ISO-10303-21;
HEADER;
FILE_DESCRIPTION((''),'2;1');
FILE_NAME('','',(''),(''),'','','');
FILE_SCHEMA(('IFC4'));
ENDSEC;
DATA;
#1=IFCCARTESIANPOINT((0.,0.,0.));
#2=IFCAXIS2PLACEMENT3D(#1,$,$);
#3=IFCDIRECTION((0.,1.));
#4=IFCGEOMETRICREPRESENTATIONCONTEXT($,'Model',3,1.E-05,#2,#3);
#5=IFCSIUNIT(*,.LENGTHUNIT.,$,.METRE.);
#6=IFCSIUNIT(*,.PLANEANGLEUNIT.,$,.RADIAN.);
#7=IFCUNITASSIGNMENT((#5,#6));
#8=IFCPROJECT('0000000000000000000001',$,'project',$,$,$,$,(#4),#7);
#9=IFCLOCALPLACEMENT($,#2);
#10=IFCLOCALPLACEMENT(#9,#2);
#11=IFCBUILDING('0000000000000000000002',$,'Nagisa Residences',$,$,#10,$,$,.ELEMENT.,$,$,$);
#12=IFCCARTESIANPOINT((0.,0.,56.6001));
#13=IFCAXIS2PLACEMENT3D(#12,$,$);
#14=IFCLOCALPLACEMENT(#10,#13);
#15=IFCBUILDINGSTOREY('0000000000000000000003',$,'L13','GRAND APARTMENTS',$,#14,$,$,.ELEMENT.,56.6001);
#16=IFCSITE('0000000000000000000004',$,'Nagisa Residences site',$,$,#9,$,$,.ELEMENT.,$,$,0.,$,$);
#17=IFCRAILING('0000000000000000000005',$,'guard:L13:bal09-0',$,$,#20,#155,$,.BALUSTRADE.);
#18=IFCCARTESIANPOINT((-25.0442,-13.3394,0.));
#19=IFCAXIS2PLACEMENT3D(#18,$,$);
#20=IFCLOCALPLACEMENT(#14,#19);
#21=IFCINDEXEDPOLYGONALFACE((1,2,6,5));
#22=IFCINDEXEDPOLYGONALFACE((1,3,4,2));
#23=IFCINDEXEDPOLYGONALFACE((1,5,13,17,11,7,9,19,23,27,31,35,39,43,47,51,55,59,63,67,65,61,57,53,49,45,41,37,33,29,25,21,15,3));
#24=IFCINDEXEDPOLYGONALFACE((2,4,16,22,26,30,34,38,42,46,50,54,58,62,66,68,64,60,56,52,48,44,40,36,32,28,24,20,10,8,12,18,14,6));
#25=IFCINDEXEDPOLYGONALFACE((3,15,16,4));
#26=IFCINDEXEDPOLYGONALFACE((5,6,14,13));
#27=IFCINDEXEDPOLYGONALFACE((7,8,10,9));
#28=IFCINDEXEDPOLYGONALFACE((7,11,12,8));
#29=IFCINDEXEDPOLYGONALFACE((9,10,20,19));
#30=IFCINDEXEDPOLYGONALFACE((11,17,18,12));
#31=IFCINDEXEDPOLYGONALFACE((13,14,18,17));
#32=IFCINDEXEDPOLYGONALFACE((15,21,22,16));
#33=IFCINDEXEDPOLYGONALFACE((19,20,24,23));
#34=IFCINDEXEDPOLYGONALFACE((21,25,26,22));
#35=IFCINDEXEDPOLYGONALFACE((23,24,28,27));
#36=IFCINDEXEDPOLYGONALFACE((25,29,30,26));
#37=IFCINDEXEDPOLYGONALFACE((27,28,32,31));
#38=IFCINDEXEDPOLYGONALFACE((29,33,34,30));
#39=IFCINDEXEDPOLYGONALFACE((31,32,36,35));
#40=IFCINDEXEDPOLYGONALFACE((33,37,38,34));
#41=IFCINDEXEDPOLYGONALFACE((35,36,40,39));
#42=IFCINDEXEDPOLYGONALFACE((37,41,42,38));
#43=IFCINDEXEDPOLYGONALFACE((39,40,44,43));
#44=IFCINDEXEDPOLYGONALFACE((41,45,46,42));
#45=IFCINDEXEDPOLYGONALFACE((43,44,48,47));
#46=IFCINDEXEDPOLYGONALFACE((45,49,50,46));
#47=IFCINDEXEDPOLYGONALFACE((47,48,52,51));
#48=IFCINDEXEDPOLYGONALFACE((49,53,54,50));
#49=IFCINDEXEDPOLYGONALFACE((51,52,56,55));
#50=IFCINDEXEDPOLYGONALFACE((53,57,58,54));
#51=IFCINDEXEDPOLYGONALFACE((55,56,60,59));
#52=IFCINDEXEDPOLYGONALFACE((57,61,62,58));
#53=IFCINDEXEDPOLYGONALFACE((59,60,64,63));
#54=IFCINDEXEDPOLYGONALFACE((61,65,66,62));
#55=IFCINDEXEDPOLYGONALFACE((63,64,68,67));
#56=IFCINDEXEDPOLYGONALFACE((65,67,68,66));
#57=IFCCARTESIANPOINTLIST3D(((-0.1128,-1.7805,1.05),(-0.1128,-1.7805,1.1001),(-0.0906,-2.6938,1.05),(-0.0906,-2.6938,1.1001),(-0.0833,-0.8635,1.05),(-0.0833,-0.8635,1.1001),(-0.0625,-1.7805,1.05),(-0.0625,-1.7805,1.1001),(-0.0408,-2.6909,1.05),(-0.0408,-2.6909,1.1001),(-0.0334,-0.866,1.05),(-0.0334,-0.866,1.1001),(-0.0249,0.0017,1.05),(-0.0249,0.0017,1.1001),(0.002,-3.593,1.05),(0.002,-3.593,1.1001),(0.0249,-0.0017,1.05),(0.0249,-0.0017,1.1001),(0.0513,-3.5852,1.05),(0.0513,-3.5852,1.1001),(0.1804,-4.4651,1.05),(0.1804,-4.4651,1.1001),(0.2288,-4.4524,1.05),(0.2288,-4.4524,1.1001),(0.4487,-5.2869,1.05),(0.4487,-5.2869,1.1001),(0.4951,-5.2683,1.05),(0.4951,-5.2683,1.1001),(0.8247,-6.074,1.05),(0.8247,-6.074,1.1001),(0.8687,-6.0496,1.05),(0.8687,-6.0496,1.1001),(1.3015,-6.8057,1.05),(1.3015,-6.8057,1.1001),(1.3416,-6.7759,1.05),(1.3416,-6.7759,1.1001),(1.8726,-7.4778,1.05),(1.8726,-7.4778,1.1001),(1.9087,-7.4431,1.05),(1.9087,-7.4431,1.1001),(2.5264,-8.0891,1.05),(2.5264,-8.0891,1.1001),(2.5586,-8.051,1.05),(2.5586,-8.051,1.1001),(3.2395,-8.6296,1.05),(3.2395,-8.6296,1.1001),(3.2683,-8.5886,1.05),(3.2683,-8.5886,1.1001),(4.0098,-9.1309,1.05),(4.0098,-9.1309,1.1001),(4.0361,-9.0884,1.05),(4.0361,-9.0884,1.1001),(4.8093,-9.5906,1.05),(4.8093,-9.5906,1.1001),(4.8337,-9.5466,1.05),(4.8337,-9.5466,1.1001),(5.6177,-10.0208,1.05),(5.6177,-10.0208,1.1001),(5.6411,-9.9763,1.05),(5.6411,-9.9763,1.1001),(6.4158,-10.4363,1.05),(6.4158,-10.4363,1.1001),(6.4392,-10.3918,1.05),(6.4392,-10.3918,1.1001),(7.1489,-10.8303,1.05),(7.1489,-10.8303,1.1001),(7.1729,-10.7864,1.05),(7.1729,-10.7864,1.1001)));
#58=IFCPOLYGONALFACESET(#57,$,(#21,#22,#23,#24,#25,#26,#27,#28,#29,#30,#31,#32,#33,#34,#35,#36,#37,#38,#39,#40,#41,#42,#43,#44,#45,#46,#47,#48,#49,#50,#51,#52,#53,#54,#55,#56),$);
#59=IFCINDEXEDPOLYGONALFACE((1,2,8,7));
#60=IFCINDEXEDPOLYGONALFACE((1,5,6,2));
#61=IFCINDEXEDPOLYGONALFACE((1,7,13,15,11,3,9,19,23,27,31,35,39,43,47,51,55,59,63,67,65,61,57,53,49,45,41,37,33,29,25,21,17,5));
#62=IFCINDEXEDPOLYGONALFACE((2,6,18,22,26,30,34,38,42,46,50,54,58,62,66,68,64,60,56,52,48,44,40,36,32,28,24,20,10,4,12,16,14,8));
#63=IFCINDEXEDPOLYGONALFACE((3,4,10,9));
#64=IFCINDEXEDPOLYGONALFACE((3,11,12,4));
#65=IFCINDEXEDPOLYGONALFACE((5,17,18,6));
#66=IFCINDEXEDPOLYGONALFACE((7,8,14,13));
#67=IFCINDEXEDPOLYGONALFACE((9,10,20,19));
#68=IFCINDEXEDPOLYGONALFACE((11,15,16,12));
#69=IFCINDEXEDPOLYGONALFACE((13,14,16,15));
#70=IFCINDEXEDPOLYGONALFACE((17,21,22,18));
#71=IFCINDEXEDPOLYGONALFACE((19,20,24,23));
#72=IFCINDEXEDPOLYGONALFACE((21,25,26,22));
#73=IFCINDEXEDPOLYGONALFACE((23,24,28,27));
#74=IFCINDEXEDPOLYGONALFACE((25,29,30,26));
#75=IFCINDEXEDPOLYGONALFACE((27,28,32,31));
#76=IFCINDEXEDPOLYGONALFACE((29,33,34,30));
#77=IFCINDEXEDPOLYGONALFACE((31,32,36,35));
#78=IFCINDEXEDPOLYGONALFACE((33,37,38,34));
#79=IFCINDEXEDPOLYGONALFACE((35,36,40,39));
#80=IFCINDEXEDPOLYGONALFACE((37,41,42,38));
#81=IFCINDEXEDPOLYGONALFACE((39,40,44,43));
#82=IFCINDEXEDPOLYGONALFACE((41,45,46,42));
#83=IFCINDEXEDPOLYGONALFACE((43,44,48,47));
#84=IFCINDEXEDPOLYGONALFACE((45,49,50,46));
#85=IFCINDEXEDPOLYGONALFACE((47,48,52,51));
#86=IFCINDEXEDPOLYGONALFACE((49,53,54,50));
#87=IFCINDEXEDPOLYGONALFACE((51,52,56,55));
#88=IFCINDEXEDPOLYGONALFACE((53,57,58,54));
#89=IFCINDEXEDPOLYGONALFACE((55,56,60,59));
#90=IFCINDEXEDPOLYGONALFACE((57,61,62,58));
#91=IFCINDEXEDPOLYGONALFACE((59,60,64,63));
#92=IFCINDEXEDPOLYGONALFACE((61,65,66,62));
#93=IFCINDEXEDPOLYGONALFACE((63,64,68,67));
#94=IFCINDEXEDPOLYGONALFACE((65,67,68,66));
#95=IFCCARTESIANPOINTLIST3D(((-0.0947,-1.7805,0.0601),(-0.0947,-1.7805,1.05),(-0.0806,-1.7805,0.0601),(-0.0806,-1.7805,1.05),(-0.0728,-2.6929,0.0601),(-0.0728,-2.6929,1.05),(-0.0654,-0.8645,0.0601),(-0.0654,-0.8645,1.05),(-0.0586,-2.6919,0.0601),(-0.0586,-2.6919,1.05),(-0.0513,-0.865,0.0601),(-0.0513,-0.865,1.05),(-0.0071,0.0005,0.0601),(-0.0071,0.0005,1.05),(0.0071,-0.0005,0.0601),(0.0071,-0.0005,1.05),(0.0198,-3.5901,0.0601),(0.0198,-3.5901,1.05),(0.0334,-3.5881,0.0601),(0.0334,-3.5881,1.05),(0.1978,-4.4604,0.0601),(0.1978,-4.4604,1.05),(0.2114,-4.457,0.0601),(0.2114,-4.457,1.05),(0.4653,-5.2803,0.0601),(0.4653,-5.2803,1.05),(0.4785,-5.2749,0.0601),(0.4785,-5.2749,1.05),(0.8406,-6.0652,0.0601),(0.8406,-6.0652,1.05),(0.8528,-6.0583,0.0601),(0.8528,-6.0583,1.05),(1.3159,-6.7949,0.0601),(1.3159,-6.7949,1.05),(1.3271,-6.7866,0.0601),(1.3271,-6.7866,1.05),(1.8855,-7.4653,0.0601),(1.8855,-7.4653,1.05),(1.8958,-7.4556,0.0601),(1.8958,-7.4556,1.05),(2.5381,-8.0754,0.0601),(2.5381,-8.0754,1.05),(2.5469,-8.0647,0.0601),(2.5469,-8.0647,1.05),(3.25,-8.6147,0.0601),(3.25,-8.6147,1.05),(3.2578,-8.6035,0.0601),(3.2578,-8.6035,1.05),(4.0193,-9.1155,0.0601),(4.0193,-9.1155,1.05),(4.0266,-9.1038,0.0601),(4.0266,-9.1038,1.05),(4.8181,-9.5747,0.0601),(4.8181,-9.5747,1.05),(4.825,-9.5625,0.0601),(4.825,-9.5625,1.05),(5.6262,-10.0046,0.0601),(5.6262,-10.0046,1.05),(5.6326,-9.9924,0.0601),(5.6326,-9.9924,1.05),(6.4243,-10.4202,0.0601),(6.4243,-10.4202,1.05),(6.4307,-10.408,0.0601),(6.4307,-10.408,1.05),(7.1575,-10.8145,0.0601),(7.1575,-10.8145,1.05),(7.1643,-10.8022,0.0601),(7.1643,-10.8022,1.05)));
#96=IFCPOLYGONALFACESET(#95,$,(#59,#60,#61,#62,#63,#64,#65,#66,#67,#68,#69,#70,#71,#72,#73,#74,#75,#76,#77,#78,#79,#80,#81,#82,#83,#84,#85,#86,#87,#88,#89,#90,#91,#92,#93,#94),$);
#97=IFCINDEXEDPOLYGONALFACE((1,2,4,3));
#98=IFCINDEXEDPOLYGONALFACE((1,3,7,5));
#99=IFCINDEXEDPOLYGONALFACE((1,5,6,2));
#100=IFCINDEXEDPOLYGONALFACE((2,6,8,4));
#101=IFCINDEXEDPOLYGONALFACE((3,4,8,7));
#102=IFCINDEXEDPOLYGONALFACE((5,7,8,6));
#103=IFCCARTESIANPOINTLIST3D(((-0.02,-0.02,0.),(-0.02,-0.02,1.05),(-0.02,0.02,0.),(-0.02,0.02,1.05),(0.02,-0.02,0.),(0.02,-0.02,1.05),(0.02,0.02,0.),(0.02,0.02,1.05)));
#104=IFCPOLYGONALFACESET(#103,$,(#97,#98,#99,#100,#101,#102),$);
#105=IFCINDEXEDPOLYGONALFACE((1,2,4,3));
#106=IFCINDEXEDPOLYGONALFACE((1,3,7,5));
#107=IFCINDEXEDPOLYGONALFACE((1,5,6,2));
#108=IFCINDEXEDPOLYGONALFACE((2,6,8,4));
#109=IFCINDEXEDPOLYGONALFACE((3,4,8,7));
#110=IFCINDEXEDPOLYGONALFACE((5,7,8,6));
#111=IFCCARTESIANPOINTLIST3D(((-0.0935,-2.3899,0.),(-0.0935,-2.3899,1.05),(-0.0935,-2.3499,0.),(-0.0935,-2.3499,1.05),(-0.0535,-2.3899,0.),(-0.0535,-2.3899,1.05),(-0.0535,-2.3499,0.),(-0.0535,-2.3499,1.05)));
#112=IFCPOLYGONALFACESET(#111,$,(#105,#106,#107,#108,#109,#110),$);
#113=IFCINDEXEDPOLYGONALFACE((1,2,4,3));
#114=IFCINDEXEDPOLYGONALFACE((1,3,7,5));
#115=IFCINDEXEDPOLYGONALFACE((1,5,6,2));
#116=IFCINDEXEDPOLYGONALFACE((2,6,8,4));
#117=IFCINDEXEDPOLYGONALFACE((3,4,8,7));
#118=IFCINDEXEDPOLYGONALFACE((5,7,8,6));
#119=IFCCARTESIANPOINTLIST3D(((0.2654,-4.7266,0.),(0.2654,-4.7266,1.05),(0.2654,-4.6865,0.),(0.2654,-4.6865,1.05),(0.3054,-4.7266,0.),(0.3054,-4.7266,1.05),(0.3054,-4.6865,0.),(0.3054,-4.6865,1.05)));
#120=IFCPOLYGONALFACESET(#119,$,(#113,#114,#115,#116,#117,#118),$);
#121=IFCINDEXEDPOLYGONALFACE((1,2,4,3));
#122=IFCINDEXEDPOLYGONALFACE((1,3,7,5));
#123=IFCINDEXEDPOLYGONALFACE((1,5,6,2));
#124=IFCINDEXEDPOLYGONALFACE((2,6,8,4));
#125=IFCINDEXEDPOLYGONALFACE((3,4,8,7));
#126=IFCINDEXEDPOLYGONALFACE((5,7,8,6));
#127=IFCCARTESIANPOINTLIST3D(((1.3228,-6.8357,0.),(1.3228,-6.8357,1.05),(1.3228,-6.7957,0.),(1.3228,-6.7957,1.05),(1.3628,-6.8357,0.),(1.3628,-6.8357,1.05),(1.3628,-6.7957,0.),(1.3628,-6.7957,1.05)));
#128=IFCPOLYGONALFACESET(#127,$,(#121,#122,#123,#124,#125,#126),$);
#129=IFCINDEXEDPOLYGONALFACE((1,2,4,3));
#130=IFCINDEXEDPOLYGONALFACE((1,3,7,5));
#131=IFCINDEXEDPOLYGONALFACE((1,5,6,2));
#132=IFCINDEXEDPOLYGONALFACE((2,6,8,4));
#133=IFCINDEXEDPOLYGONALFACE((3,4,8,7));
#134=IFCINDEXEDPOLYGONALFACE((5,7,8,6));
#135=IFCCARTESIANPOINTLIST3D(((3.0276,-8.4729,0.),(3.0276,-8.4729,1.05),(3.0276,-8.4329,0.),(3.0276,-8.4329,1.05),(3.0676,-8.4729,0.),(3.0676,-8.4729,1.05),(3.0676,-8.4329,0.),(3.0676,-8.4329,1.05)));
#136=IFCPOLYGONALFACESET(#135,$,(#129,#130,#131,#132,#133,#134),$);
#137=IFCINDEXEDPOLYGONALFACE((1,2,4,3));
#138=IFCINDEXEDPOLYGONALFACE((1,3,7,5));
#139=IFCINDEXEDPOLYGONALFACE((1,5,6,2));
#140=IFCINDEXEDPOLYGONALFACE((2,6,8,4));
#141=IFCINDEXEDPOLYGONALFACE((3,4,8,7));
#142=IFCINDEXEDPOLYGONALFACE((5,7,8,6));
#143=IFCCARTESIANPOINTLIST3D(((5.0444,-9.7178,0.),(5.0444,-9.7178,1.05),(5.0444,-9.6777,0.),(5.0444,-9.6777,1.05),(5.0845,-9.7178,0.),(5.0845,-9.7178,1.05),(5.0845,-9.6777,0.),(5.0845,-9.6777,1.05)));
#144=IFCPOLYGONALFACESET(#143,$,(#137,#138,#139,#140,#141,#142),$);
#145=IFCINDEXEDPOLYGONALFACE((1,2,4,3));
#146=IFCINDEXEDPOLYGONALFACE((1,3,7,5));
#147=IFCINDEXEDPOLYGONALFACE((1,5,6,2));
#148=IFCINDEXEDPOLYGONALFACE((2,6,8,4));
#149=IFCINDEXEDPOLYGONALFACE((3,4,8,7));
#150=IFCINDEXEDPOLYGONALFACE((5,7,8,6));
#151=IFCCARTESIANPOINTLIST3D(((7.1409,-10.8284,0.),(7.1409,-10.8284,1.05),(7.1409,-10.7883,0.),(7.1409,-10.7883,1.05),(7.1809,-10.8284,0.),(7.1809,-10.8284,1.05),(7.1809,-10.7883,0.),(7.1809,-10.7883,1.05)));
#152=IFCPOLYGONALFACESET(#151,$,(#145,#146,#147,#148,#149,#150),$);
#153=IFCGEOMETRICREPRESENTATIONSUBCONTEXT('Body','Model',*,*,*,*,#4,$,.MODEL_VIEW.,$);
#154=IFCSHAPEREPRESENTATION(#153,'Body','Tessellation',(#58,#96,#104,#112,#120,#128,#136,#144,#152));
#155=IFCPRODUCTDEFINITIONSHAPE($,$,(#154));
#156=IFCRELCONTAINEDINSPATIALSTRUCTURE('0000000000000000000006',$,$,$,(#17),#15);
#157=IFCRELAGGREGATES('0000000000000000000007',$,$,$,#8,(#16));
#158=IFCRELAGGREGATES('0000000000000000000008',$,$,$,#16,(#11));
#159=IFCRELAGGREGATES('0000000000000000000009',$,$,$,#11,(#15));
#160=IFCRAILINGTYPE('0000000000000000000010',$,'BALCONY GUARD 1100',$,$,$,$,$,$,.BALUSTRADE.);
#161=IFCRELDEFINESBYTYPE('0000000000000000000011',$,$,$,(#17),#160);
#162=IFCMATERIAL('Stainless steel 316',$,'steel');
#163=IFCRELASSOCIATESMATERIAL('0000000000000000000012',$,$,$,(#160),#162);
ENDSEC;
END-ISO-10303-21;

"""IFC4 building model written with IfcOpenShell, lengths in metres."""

from ifc_helpers import new_model, si_unit, direction, frame, origin, origin_2d, place, context, subcontext, project, spatial, polyline, rectangle, outline, extrude, material, type_object, element, save


model = new_model("IFC4")

# Units and contexts
model_context = context("Model", 3, precision=1e-05, world=origin(), true_north=direction((0.0, 1.0)))
body_context = subcontext(model_context, "Body", "Model", "MODEL_VIEW")
ifc_project = project(units=[si_unit("LENGTHUNIT", "METRE"), si_unit("PLANEANGLEUNIT", "RADIAN")], contexts=[model_context])

# Site, building, storey
site_placement = place(None, origin())
site = spatial("IfcSite", under=ifc_project, at=site_placement, Name="Nagisa Residences site", CompositionType="ELEMENT", RefElevation=0.0)
building_placement = place(site_placement, origin())
building = spatial("IfcBuilding", under=site, at=building_placement, Name="Nagisa Residences", CompositionType="ELEMENT")
storey_placement = place(building_placement, frame((0.0, 0.0, 56.6001)))
storey = spatial("IfcBuildingStorey", under=building, at=storey_placement, Name="L13", Description="GRAND APARTMENTS", CompositionType="ELEMENT", Elevation=56.6001)

# Railing
ifc_material_1 = material(Name="Stainless steel 316", Category="steel")
railing_type = type_object("IfcRailingType", Name="BALCONY GUARD 1100", PredefinedType="BALUSTRADE", material=ifc_material_1)
railing_1_placement = place(storey_placement, frame((-25.0442, -13.3394, 0.0)))
element("IfcRailing", 1, at=railing_1_placement, inside=storey, type_object=railing_type, Name="guard:L13:bal09-0", PredefinedType="BALUSTRADE", context=body_context, shape_type="SweptSolid", body=[
    extrude(outline(polyline([(-0.0334, -0.866), (0.0249, -0.0017), (-0.0249, 0.0017), (-0.0833, -0.8635), (-0.1128, -1.7805), (-0.0906, -2.6938), (0.002, -3.593), (0.1804, -4.4651), (0.4487, -5.2869), (0.8247, -6.074), (1.3015, -6.8057), (1.8726, -7.4778), (2.5264, -8.0891), (3.2395, -8.6296), (4.0098, -9.1309), (4.8093, -9.5906), (5.6177, -10.0208), (6.4158, -10.4363), (7.1489, -10.8303), (7.1729, -10.7864), (6.4392, -10.3918), (5.6411, -9.9763), (4.8337, -9.5466), (4.0361, -9.0884), (3.2683, -8.5886), (2.5586, -8.051), (1.9087, -7.4431), (1.3416, -6.7759), (0.8687, -6.0496), (0.4951, -5.2683), (0.2288, -4.4524), (0.0513, -3.5852), (-0.0408, -2.6909), (-0.0625, -1.7805), (-0.0334, -0.866)])), frame((0.0, 0.0, 1.05)), (0.0, 0.0, 1.0), 0.05),
    extrude(outline(polyline([(-0.0513, -0.865), (0.0071, -0.0005), (-0.0071, 0.0005), (-0.0654, -0.8645), (-0.0947, -1.7805), (-0.0728, -2.6929), (0.0198, -3.5901), (0.1978, -4.4604), (0.4653, -5.2803), (0.8406, -6.0652), (1.3159, -6.7949), (1.8855, -7.4653), (2.5381, -8.0754), (3.25, -8.6147), (4.0193, -9.1155), (4.8181, -9.5747), (5.6262, -10.0046), (6.4243, -10.4202), (7.1575, -10.8145), (7.1643, -10.8022), (6.4307, -10.408), (5.6326, -9.9924), (4.825, -9.5625), (4.0266, -9.1038), (3.2578, -8.6035), (2.5469, -8.0647), (1.8958, -7.4556), (1.3271, -6.7866), (0.8528, -6.0583), (0.4785, -5.2749), (0.2114, -4.457), (0.0334, -3.5881), (-0.0586, -2.6919), (-0.0806, -1.7805), (-0.0513, -0.865)])), frame((0.0, 0.0, 0.0601)), (0.0, 0.0, 1.0), 0.99),
    extrude(rectangle(XDim=0.04, YDim=0.04, at=origin_2d()), origin(), (0.0, 0.0, 1.0), 1.05),
    extrude(rectangle(XDim=0.04, YDim=0.04, at=origin_2d()), frame((-0.0735, -2.3699, 0.0)), (0.0, 0.0, 1.0), 1.05),
    extrude(rectangle(XDim=0.04, YDim=0.04, at=origin_2d()), frame((0.2854, -4.7065, 0.0)), (0.0, 0.0, 1.0), 1.05),
    extrude(rectangle(XDim=0.04, YDim=0.04, at=origin_2d()), frame((1.3428, -6.8157, 0.0)), (0.0, 0.0, 1.0), 1.05),
    extrude(rectangle(XDim=0.04, YDim=0.04, at=origin_2d()), frame((3.0476, -8.4529, 0.0)), (0.0, 0.0, 1.0), 1.05),
    extrude(rectangle(XDim=0.04, YDim=0.04, at=origin_2d()), frame((5.0645, -9.6978, 0.0)), (0.0, 0.0, 1.0), 1.05),
    extrude(rectangle(XDim=0.04, YDim=0.04, at=origin_2d()), frame((7.1609, -10.8083, 0.0)), (0.0, 0.0, 1.0), 1.05),
])

save(model, "model.ifc")
